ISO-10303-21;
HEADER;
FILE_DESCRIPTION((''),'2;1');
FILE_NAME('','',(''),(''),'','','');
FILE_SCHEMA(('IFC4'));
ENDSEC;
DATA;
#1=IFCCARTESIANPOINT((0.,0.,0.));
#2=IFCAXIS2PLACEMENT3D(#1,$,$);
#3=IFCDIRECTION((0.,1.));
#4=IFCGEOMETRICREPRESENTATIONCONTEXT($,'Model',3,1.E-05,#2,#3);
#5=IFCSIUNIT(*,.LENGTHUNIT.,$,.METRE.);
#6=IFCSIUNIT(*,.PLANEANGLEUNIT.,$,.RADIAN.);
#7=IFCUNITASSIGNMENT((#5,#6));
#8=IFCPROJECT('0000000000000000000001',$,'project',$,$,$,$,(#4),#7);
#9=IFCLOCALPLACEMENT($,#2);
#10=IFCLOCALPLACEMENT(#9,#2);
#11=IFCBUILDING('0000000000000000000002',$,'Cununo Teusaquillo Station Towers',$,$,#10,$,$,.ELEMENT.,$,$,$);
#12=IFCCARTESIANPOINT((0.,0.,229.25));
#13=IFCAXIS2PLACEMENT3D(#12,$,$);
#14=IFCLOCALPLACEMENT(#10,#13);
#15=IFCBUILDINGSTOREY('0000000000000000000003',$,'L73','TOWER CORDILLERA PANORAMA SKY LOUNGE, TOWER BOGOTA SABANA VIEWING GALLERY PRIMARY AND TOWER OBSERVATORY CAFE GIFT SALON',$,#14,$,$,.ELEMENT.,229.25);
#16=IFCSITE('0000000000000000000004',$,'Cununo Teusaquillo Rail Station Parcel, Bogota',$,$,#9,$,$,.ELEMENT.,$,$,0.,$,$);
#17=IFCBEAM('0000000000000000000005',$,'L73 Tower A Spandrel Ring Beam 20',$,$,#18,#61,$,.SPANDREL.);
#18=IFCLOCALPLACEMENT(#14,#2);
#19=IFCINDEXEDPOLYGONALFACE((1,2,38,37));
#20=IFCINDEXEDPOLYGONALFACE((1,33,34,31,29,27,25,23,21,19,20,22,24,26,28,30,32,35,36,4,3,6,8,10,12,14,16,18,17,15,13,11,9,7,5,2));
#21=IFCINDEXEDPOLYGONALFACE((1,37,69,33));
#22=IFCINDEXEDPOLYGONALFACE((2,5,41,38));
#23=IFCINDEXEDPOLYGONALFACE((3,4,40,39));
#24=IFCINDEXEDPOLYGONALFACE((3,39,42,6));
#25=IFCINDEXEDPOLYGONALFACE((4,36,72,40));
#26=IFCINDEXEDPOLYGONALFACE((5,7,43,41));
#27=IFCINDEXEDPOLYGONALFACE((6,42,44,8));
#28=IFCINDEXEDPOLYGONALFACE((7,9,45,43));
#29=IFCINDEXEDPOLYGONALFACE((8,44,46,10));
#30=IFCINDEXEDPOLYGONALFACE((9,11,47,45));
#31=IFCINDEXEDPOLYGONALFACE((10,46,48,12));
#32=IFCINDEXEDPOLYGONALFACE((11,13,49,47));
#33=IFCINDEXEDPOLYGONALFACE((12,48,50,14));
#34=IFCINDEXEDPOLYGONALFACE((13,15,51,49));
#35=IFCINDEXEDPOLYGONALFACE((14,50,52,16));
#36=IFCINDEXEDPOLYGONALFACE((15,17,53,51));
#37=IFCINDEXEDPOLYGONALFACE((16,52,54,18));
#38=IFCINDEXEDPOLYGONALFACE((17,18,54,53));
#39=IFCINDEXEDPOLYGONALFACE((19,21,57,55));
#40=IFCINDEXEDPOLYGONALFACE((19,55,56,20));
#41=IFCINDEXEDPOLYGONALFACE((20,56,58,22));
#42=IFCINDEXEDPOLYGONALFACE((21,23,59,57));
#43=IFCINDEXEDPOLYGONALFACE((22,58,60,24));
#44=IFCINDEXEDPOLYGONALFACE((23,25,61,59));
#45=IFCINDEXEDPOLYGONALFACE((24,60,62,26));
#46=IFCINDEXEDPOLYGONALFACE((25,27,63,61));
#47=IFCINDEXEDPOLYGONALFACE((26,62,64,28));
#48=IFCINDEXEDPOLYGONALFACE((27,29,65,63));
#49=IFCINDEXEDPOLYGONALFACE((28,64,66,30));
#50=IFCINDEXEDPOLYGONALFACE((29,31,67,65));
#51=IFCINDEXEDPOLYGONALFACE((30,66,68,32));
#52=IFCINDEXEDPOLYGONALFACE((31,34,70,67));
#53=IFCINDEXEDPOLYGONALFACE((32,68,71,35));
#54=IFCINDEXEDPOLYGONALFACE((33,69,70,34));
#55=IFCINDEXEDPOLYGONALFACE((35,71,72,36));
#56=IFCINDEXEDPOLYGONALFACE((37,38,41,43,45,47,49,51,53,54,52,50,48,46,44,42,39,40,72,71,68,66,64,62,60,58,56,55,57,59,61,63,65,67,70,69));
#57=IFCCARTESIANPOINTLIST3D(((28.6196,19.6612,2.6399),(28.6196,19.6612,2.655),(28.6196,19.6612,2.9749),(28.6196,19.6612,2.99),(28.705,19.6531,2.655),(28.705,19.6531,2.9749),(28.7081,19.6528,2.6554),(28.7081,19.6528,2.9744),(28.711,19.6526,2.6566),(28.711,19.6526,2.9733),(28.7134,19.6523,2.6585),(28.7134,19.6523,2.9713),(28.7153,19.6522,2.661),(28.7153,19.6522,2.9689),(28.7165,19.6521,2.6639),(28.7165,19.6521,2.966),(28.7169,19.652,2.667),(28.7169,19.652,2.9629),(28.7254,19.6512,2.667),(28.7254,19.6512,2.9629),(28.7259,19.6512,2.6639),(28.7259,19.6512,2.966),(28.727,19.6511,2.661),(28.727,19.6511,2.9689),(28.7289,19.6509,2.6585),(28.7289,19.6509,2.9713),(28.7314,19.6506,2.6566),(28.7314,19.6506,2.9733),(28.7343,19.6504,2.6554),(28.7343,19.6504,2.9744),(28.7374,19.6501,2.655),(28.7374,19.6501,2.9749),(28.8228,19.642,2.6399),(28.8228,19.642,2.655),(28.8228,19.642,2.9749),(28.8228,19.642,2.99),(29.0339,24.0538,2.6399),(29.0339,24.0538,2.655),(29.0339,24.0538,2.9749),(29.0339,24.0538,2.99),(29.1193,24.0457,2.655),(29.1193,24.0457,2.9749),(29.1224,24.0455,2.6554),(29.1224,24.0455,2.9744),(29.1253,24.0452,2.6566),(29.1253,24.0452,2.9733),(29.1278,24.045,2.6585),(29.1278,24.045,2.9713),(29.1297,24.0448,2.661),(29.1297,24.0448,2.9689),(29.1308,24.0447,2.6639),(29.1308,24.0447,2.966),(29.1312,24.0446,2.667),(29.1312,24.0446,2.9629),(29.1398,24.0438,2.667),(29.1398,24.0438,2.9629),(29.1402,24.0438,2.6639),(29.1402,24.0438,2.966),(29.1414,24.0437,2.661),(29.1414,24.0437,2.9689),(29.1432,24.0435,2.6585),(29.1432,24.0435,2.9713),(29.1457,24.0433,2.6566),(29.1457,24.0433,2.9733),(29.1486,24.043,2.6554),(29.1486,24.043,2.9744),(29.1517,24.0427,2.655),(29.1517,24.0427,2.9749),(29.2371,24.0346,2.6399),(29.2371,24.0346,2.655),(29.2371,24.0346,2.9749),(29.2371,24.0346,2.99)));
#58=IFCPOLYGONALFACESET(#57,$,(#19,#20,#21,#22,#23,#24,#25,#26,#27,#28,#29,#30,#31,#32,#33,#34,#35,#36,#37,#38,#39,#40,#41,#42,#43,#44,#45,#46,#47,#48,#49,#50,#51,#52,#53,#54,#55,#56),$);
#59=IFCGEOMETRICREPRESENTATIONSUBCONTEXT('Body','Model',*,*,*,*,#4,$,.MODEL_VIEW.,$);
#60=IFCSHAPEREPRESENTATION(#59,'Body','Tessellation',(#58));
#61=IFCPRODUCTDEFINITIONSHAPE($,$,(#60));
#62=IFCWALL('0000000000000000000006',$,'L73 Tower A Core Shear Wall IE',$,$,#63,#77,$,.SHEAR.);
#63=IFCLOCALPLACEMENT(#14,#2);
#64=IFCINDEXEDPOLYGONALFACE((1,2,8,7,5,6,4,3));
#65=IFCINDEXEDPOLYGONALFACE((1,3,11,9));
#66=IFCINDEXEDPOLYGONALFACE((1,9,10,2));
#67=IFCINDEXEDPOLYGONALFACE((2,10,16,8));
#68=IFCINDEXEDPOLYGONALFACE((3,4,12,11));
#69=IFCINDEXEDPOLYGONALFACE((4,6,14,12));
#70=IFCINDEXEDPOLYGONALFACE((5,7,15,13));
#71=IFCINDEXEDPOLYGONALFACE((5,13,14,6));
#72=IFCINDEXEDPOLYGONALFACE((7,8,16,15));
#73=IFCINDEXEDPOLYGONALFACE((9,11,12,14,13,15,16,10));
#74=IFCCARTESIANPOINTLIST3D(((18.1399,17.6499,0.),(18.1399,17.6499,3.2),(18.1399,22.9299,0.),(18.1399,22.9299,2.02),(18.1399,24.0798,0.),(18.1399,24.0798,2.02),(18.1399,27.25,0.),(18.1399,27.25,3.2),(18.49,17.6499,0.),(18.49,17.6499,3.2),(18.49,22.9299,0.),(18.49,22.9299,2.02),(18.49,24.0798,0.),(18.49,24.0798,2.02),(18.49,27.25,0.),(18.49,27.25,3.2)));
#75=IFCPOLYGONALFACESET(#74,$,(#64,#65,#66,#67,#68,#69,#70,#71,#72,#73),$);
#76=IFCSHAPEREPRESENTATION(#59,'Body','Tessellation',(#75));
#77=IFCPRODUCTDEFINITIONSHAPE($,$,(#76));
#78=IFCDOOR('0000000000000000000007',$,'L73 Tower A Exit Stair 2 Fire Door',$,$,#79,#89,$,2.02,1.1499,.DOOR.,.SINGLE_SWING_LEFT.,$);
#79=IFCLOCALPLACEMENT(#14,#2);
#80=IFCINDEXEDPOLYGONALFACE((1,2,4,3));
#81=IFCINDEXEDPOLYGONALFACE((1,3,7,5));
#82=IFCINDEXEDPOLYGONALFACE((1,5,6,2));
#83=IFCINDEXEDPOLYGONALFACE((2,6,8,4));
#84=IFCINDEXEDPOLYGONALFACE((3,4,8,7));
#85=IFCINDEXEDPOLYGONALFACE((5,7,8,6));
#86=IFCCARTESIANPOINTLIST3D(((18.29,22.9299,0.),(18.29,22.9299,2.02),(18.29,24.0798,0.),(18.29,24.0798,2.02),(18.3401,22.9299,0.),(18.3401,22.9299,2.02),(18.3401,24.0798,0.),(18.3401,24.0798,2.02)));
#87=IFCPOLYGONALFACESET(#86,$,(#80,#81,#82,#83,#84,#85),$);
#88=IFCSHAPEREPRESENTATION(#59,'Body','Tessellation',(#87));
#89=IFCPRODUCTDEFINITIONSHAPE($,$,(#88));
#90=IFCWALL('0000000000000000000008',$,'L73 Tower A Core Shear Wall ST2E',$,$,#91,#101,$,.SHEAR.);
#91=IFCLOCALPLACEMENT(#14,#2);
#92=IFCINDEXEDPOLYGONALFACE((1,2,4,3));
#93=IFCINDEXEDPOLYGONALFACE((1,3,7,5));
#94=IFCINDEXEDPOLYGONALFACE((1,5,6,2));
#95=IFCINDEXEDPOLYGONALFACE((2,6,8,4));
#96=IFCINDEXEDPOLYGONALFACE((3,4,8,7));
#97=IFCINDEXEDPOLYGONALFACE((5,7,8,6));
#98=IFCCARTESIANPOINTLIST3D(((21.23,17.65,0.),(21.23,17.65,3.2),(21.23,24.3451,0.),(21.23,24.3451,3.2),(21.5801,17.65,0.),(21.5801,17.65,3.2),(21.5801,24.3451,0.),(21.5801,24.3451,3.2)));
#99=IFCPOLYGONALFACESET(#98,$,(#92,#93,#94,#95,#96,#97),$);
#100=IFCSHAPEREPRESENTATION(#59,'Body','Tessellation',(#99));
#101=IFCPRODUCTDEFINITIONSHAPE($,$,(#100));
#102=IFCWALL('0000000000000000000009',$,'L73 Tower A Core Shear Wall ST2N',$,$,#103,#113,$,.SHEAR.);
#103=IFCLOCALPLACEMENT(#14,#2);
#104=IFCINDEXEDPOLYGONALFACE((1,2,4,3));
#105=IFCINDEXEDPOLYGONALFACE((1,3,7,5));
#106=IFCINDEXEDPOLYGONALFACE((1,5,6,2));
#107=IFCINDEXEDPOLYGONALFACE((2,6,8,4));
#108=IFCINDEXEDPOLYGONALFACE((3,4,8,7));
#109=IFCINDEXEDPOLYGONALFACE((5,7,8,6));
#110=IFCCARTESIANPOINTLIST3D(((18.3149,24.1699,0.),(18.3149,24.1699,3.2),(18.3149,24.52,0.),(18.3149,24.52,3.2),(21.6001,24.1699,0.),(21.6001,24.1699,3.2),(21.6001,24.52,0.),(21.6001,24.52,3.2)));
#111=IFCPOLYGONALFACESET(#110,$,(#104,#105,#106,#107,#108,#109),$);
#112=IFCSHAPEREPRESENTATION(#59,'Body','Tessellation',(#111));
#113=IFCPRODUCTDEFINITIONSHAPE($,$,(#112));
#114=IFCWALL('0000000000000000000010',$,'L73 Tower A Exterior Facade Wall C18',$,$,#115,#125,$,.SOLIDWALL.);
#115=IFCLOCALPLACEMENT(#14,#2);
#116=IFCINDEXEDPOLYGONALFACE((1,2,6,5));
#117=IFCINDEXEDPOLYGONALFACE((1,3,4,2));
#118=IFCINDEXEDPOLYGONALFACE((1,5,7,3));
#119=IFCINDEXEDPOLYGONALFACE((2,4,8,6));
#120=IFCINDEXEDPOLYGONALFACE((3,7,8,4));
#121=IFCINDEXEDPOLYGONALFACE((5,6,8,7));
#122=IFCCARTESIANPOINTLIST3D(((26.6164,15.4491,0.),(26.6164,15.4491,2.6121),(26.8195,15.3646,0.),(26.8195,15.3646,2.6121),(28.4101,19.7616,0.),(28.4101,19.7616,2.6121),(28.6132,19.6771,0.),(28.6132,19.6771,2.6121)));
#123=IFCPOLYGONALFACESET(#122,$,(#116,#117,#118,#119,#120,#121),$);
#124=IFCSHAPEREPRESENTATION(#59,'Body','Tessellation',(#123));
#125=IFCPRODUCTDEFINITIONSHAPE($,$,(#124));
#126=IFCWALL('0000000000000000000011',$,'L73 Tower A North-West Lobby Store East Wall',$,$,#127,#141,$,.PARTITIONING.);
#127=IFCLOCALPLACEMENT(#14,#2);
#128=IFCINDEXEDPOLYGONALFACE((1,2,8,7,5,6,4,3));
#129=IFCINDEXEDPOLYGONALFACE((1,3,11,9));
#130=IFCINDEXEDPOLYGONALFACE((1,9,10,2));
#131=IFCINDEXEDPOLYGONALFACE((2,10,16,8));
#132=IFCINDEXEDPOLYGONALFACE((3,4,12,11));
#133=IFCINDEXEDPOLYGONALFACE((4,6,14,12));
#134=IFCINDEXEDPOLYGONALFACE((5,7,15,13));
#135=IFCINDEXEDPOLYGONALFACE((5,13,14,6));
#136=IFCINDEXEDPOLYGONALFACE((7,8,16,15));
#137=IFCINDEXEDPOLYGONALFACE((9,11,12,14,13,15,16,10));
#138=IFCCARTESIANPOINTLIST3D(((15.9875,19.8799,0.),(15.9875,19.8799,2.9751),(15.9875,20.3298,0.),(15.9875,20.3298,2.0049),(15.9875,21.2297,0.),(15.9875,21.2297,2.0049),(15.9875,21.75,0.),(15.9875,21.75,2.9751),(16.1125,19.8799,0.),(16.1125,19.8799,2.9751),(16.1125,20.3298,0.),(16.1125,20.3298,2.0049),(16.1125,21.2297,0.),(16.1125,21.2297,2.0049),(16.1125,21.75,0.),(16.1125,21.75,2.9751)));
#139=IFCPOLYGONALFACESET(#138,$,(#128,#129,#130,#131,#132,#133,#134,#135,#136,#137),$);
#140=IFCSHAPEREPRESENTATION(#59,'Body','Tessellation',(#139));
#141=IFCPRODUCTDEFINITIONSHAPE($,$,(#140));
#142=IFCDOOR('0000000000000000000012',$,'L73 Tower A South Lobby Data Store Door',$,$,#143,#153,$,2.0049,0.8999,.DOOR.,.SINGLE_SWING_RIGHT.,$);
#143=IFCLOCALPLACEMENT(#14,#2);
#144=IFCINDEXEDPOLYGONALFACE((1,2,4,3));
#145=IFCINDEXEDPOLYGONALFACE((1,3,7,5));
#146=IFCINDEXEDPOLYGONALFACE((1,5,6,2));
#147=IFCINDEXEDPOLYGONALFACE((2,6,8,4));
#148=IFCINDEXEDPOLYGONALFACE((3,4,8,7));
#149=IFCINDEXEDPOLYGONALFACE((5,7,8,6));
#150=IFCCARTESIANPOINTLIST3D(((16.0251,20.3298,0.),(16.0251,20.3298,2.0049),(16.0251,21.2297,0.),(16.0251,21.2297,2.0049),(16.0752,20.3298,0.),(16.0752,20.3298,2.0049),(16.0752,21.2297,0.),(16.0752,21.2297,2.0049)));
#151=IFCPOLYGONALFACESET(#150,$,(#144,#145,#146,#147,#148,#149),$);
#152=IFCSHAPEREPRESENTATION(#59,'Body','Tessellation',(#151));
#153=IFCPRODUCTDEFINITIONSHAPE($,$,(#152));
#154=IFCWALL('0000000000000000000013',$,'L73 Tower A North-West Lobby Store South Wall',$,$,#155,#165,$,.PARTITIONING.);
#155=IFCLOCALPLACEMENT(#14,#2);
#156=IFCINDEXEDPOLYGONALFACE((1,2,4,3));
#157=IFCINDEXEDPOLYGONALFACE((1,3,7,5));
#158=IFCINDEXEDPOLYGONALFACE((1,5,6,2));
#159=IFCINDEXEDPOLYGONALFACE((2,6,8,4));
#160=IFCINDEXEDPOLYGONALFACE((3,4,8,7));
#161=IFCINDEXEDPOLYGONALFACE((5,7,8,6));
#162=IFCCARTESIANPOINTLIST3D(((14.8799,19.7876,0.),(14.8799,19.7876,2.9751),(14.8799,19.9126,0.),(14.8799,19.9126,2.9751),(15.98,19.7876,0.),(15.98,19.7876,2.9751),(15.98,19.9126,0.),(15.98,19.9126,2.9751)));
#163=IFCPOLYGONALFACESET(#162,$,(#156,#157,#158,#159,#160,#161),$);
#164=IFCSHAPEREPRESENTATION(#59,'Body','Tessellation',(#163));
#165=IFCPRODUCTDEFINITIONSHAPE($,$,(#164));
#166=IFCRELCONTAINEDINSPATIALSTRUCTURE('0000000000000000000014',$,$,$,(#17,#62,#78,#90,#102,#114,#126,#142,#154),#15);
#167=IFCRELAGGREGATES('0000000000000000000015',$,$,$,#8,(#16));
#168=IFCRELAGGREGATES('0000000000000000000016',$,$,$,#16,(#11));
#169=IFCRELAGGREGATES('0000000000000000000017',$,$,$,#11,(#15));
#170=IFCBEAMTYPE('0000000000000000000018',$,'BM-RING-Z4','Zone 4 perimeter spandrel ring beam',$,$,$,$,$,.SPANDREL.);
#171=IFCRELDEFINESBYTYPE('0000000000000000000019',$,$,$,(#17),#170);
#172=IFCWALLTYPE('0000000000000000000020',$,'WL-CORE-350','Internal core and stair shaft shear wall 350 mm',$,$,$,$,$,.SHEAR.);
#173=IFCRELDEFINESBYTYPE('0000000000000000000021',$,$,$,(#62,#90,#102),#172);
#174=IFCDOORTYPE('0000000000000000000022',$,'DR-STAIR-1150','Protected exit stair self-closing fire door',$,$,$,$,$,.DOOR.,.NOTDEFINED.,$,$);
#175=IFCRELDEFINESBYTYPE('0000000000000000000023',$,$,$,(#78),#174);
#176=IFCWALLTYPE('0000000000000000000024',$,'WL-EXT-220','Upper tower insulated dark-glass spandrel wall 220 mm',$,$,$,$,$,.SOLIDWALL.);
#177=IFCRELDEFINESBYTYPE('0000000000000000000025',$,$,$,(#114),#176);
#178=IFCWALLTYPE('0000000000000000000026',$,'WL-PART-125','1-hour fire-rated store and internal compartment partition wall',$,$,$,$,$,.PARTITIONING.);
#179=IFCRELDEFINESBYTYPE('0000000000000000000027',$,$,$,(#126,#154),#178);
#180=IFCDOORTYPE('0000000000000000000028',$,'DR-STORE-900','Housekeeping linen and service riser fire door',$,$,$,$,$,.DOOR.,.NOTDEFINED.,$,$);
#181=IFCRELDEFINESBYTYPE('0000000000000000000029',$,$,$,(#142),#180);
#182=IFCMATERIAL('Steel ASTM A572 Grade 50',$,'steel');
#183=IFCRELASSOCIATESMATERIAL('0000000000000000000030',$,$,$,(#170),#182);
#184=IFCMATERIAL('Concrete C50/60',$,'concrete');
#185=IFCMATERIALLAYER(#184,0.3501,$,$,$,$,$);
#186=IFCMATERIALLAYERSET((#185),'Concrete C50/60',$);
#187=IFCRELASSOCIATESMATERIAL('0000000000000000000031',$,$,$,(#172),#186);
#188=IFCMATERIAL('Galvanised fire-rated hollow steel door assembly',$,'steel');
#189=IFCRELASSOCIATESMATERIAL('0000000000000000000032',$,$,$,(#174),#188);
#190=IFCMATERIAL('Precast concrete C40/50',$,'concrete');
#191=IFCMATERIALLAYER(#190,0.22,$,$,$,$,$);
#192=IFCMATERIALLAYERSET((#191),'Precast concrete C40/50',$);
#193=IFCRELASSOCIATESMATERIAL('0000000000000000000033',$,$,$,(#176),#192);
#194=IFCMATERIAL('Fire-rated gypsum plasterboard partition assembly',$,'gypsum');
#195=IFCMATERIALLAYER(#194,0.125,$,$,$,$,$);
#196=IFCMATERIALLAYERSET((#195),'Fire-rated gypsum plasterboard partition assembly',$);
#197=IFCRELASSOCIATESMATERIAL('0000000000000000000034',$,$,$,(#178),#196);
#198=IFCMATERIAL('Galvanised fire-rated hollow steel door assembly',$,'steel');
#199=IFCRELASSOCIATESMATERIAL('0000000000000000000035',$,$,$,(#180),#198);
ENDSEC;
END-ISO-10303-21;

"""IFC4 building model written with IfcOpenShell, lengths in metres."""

from ifc_helpers import new_model, si_unit, direction, frame, frame_2d, origin, origin_2d, place, context, subcontext, project, spatial, rectangle, i_section, extrude, source, transform, mapped, material, layer, layer_set, material_profile, profile_set, type_object, element, fill, save


model = new_model("IFC4")

# Units and contexts
model_context = context("Model", 3, precision=1e-05, world=origin(), true_north=direction((0.0, 1.0)))
body_context = subcontext(model_context, "Body", "Model", "MODEL_VIEW")
ifc_project = project(units=[si_unit("LENGTHUNIT", "METRE"), si_unit("PLANEANGLEUNIT", "RADIAN")], contexts=[model_context])

# Site, building, storey
site_placement = place(None, origin())
site = spatial("IfcSite", under=ifc_project, at=site_placement, Name="Cununo Teusaquillo Rail Station Parcel, Bogota", CompositionType="ELEMENT", RefElevation=0.0)
building_placement = place(site_placement, origin())
building = spatial("IfcBuilding", under=site, at=building_placement, Name="Cununo Teusaquillo Station Towers", CompositionType="ELEMENT")
storey_placement = place(building_placement, frame((0.0, 0.0, 229.25)))
storey = spatial("IfcBuildingStorey", under=building, at=storey_placement, Name="L73", Description="TOWER CORDILLERA PANORAMA SKY LOUNGE, TOWER BOGOTA SABANA VIEWING GALLERY PRIMARY AND TOWER OBSERVATORY CAFE GIFT SALON", CompositionType="ELEMENT", Elevation=229.25)

# Beam
ifc_material_1 = material(Name="Steel ASTM A572 Grade 50", Category="steel")
ifc_material_profile_1 = material_profile(ifc_material_1, i_section(OverallWidth=0.2041, OverallDepth=0.3501, WebThickness=0.0085, FlangeThickness=0.0151, FilletRadius=0.012, at=origin_2d()), Name="W14X48")
ifc_profile_set_1 = profile_set([ifc_material_profile_1], Name="Steel ASTM A572 Grade 50")
beam_type_1 = type_object("IfcBeamType", Name="BM-RING-Z4", Description="Zone 4 perimeter spandrel ring beam", PredefinedType="SPANDREL", material=ifc_profile_set_1)
beam_1_placement = place(storey_placement, frame((28.7212, 19.6516, 2.8149), z_axis=(0.093903, 0.995581, 0.0), x_axis=(-0.995581, 0.093903, 0.0)))
element("IfcBeam", 1, at=beam_1_placement, inside=storey, type_object=beam_type_1, Name="L73 Tower A Spandrel Ring Beam 20", PredefinedType="SPANDREL", context=body_context, shape_type="SweptSolid", body=[
    extrude(i_section(OverallWidth=0.2041, OverallDepth=0.3501, WebThickness=0.0085, FlangeThickness=0.0151, FilletRadius=0.012, at=origin_2d()), origin(), (0.0, 0.0, 1.0), 4.4121),
])

# Wall, opening, door
ifc_material_2 = material(Name="Concrete C50/60", Category="concrete")
ifc_layer_1 = layer(ifc_material_2, 0.3501)
ifc_layer_set_1 = layer_set([ifc_layer_1], Name="Concrete C50/60")
wall_type_1 = type_object("IfcWallType", Name="WL-CORE-350", Description="Internal core and stair shaft shear wall 350 mm", PredefinedType="SHEAR", material=ifc_layer_set_1)
wall_1_placement = place(storey_placement, frame((18.3149, 17.6499, 0.0), z_axis=(0.0, 0.0, 1.0), x_axis=(0.0, 1.0, 0.0)))
wall_1 = element("IfcWall", 2, at=wall_1_placement, inside=storey, type_object=wall_type_1, Name="L73 Tower A Core Shear Wall IE", PredefinedType="SHEAR", context=body_context, shape_type="SweptSolid", body=[
    extrude(rectangle(XDim=9.6001, YDim=0.3501, at=frame_2d((4.8, 0.0))), origin(), (0.0, 0.0, 1.0), 3.2),
])
shared_shape_1 = source(origin(), body_context, "Body", "SweptSolid", [
    extrude(rectangle(XDim=1.1499, YDim=2.02, at=frame_2d((0.575, 1.01))), frame((0.0, 0.1851, 0.0), z_axis=(0.0, -1.0, 0.0), x_axis=(1.0, 0.0, 0.0)), (0.0, 0.0, 1.0), 0.3701),
])
opening_1_placement = place(wall_1_placement, frame((5.28, 0.0, 0.0)))
opening_1 = element("IfcOpeningElement", 3, at=opening_1_placement, cuts=wall_1, PredefinedType="OPENING", context=body_context, shape_type="MappedRepresentation", body=[
    mapped(shared_shape_1, transform((0.0, 0.0, 0.0), x_axis=(1.0, 0.0, 0.0), y_axis=(0.0, 1.0, 0.0), z_axis=(0.0, 0.0, 1.0), scale=1.0)),
])
ifc_material_3 = material(Name="Galvanised fire-rated hollow steel door assembly", Category="steel")
door_type_1 = type_object("IfcDoorType", Name="DR-STAIR-1150", Description="Protected exit stair self-closing fire door", OperationType="NOTDEFINED", PredefinedType="DOOR", material=ifc_material_3)
shared_shape_2 = source(origin(), body_context, "Body", "SweptSolid", [
    extrude(rectangle(XDim=1.1499, YDim=2.02, at=frame_2d((0.575, 1.01))), frame((0.0, 0.0249, 0.0), z_axis=(0.0, -1.0, 0.0), x_axis=(1.0, 0.0, 0.0)), (0.0, 0.0, 1.0), 0.05),
])
door_1_placement = place(opening_1_placement, origin())
door_1 = element("IfcDoor", 4, at=door_1_placement, inside=storey, type_object=door_type_1, Name="L73 Tower A Exit Stair 2 Fire Door", OperationType="SINGLE_SWING_LEFT", OverallHeight=2.02, OverallWidth=1.1499, PredefinedType="DOOR", context=body_context, shape_type="MappedRepresentation", body=[
    mapped(shared_shape_2, transform((0.0, 0.0, 0.0), x_axis=(1.0, 0.0, 0.0), y_axis=(0.0, 1.0, 0.0), z_axis=(0.0, 0.0, 1.0), scale=1.0)),
])
fill(opening_1, door_1)

# Walls
wall_2_placement = place(storey_placement, frame((21.405, 17.6499, 0.0), z_axis=(0.0, 0.0, 1.0), x_axis=(0.0, 1.0, 0.0)))
element("IfcWall", 5, at=wall_2_placement, inside=storey, type_object=wall_type_1, Name="L73 Tower A Core Shear Wall ST2E", PredefinedType="SHEAR", context=body_context, shape_type="SweptSolid", body=[
    extrude(rectangle(XDim=6.6951, YDim=0.3501, at=frame_2d((3.3477, 0.0))), origin(), (0.0, 0.0, 1.0), 3.2),
])
wall_3_placement = place(storey_placement, frame((18.3149, 24.345, 0.0), z_axis=(0.0, 0.0, 1.0), x_axis=(1.0, 0.0, 0.0)))
element("IfcWall", 6, at=wall_3_placement, inside=storey, type_object=wall_type_1, Name="L73 Tower A Core Shear Wall ST2N", PredefinedType="SHEAR", context=body_context, shape_type="SweptSolid", body=[
    extrude(rectangle(XDim=3.2852, YDim=0.3501, at=frame_2d((1.6426, 0.0))), origin(), (0.0, 0.0, 1.0), 3.2),
])
ifc_material_4 = material(Name="Precast concrete C40/50", Category="concrete")
ifc_layer_2 = layer(ifc_material_4, 0.22)
ifc_layer_set_2 = layer_set([ifc_layer_2], Name="Precast concrete C40/50")
wall_type_2 = type_object("IfcWallType", Name="WL-EXT-220", Description="Upper tower insulated dark-glass spandrel wall 220 mm", PredefinedType="SOLIDWALL", material=ifc_layer_set_2)
wall_4_placement = place(storey_placement, frame((28.5117, 19.7195, 0.0), z_axis=(0.0, 0.0, 1.0), x_axis=(-0.384036, -0.923318, 0.0)))
element("IfcWall", 7, at=wall_4_placement, inside=storey, type_object=wall_type_2, Name="L73 Tower A Exterior Facade Wall C18", PredefinedType="SOLIDWALL", context=body_context, shape_type="SweptSolid", body=[
    extrude(rectangle(XDim=4.6707, YDim=0.22, at=frame_2d((2.3354, 0.0))), origin(), (0.0, 0.0, 1.0), 2.6121),
])

# Wall, opening, door
ifc_material_5 = material(Name="Fire-rated gypsum plasterboard partition assembly", Category="gypsum")
ifc_layer_3 = layer(ifc_material_5, 0.125)
ifc_layer_set_3 = layer_set([ifc_layer_3], Name="Fire-rated gypsum plasterboard partition assembly")
wall_type_3 = type_object("IfcWallType", Name="WL-PART-125", Description="1-hour fire-rated store and internal compartment partition wall", PredefinedType="PARTITIONING", material=ifc_layer_set_3)
wall_5_placement = place(storey_placement, frame((16.05, 19.8799, 0.0), z_axis=(0.0, 0.0, 1.0), x_axis=(0.0, 1.0, 0.0)))
wall_5 = element("IfcWall", 8, at=wall_5_placement, inside=storey, type_object=wall_type_3, Name="L73 Tower A North-West Lobby Store East Wall", PredefinedType="PARTITIONING", context=body_context, shape_type="SweptSolid", body=[
    extrude(rectangle(XDim=1.8701, YDim=0.125, at=frame_2d((0.9351, 0.0))), origin(), (0.0, 0.0, 1.0), 2.9751),
])
shared_shape_3 = source(origin(), body_context, "Body", "SweptSolid", [
    extrude(rectangle(XDim=0.8999, YDim=2.0049, at=frame_2d((0.45, 1.0024))), frame((0.0, 0.0725, 0.0), z_axis=(0.0, -1.0, 0.0), x_axis=(1.0, 0.0, 0.0)), (0.0, 0.0, 1.0), 0.145),
])
opening_2_placement = place(wall_5_placement, frame((0.45, 0.0, 0.0)))
opening_2 = element("IfcOpeningElement", 9, at=opening_2_placement, cuts=wall_5, PredefinedType="OPENING", context=body_context, shape_type="MappedRepresentation", body=[
    mapped(shared_shape_3, transform((0.0, 0.0, 0.0), x_axis=(1.0, 0.0, 0.0), y_axis=(0.0, 1.0, 0.0), z_axis=(0.0, 0.0, 1.0), scale=1.0)),
])
ifc_material_6 = material(Name="Galvanised fire-rated hollow steel door assembly", Category="steel")
door_type_2 = type_object("IfcDoorType", Name="DR-STORE-900", Description="Housekeeping linen and service riser fire door", OperationType="NOTDEFINED", PredefinedType="DOOR", material=ifc_material_6)
shared_shape_4 = source(origin(), body_context, "Body", "SweptSolid", [
    extrude(rectangle(XDim=0.8999, YDim=2.0049, at=frame_2d((0.45, 1.0024))), frame((0.0, 0.0249, 0.0), z_axis=(0.0, -1.0, 0.0), x_axis=(1.0, 0.0, 0.0)), (0.0, 0.0, 1.0), 0.05),
])
door_2_placement = place(opening_2_placement, origin())
door_2 = element("IfcDoor", 10, at=door_2_placement, inside=storey, type_object=door_type_2, Name="L73 Tower A South Lobby Data Store Door", OperationType="SINGLE_SWING_RIGHT", OverallHeight=2.0049, OverallWidth=0.8999, PredefinedType="DOOR", context=body_context, shape_type="MappedRepresentation", body=[
    mapped(shared_shape_4, transform((0.0, 0.0, 0.0), x_axis=(1.0, 0.0, 0.0), y_axis=(0.0, 1.0, 0.0), z_axis=(0.0, 0.0, 1.0), scale=1.0)),
])
fill(opening_2, door_2)

# Wall
wall_6_placement = place(storey_placement, frame((14.8799, 19.8501, 0.0), z_axis=(0.0, 0.0, 1.0), x_axis=(1.0, 0.0, 0.0)))
element("IfcWall", 11, at=wall_6_placement, inside=storey, type_object=wall_type_3, Name="L73 Tower A North-West Lobby Store South Wall", PredefinedType="PARTITIONING", context=body_context, shape_type="SweptSolid", body=[
    extrude(rectangle(XDim=1.1001, YDim=0.125, at=frame_2d((0.55, 0.0))), origin(), (0.0, 0.0, 1.0), 2.9751),
])

save(model, "model.ifc")
